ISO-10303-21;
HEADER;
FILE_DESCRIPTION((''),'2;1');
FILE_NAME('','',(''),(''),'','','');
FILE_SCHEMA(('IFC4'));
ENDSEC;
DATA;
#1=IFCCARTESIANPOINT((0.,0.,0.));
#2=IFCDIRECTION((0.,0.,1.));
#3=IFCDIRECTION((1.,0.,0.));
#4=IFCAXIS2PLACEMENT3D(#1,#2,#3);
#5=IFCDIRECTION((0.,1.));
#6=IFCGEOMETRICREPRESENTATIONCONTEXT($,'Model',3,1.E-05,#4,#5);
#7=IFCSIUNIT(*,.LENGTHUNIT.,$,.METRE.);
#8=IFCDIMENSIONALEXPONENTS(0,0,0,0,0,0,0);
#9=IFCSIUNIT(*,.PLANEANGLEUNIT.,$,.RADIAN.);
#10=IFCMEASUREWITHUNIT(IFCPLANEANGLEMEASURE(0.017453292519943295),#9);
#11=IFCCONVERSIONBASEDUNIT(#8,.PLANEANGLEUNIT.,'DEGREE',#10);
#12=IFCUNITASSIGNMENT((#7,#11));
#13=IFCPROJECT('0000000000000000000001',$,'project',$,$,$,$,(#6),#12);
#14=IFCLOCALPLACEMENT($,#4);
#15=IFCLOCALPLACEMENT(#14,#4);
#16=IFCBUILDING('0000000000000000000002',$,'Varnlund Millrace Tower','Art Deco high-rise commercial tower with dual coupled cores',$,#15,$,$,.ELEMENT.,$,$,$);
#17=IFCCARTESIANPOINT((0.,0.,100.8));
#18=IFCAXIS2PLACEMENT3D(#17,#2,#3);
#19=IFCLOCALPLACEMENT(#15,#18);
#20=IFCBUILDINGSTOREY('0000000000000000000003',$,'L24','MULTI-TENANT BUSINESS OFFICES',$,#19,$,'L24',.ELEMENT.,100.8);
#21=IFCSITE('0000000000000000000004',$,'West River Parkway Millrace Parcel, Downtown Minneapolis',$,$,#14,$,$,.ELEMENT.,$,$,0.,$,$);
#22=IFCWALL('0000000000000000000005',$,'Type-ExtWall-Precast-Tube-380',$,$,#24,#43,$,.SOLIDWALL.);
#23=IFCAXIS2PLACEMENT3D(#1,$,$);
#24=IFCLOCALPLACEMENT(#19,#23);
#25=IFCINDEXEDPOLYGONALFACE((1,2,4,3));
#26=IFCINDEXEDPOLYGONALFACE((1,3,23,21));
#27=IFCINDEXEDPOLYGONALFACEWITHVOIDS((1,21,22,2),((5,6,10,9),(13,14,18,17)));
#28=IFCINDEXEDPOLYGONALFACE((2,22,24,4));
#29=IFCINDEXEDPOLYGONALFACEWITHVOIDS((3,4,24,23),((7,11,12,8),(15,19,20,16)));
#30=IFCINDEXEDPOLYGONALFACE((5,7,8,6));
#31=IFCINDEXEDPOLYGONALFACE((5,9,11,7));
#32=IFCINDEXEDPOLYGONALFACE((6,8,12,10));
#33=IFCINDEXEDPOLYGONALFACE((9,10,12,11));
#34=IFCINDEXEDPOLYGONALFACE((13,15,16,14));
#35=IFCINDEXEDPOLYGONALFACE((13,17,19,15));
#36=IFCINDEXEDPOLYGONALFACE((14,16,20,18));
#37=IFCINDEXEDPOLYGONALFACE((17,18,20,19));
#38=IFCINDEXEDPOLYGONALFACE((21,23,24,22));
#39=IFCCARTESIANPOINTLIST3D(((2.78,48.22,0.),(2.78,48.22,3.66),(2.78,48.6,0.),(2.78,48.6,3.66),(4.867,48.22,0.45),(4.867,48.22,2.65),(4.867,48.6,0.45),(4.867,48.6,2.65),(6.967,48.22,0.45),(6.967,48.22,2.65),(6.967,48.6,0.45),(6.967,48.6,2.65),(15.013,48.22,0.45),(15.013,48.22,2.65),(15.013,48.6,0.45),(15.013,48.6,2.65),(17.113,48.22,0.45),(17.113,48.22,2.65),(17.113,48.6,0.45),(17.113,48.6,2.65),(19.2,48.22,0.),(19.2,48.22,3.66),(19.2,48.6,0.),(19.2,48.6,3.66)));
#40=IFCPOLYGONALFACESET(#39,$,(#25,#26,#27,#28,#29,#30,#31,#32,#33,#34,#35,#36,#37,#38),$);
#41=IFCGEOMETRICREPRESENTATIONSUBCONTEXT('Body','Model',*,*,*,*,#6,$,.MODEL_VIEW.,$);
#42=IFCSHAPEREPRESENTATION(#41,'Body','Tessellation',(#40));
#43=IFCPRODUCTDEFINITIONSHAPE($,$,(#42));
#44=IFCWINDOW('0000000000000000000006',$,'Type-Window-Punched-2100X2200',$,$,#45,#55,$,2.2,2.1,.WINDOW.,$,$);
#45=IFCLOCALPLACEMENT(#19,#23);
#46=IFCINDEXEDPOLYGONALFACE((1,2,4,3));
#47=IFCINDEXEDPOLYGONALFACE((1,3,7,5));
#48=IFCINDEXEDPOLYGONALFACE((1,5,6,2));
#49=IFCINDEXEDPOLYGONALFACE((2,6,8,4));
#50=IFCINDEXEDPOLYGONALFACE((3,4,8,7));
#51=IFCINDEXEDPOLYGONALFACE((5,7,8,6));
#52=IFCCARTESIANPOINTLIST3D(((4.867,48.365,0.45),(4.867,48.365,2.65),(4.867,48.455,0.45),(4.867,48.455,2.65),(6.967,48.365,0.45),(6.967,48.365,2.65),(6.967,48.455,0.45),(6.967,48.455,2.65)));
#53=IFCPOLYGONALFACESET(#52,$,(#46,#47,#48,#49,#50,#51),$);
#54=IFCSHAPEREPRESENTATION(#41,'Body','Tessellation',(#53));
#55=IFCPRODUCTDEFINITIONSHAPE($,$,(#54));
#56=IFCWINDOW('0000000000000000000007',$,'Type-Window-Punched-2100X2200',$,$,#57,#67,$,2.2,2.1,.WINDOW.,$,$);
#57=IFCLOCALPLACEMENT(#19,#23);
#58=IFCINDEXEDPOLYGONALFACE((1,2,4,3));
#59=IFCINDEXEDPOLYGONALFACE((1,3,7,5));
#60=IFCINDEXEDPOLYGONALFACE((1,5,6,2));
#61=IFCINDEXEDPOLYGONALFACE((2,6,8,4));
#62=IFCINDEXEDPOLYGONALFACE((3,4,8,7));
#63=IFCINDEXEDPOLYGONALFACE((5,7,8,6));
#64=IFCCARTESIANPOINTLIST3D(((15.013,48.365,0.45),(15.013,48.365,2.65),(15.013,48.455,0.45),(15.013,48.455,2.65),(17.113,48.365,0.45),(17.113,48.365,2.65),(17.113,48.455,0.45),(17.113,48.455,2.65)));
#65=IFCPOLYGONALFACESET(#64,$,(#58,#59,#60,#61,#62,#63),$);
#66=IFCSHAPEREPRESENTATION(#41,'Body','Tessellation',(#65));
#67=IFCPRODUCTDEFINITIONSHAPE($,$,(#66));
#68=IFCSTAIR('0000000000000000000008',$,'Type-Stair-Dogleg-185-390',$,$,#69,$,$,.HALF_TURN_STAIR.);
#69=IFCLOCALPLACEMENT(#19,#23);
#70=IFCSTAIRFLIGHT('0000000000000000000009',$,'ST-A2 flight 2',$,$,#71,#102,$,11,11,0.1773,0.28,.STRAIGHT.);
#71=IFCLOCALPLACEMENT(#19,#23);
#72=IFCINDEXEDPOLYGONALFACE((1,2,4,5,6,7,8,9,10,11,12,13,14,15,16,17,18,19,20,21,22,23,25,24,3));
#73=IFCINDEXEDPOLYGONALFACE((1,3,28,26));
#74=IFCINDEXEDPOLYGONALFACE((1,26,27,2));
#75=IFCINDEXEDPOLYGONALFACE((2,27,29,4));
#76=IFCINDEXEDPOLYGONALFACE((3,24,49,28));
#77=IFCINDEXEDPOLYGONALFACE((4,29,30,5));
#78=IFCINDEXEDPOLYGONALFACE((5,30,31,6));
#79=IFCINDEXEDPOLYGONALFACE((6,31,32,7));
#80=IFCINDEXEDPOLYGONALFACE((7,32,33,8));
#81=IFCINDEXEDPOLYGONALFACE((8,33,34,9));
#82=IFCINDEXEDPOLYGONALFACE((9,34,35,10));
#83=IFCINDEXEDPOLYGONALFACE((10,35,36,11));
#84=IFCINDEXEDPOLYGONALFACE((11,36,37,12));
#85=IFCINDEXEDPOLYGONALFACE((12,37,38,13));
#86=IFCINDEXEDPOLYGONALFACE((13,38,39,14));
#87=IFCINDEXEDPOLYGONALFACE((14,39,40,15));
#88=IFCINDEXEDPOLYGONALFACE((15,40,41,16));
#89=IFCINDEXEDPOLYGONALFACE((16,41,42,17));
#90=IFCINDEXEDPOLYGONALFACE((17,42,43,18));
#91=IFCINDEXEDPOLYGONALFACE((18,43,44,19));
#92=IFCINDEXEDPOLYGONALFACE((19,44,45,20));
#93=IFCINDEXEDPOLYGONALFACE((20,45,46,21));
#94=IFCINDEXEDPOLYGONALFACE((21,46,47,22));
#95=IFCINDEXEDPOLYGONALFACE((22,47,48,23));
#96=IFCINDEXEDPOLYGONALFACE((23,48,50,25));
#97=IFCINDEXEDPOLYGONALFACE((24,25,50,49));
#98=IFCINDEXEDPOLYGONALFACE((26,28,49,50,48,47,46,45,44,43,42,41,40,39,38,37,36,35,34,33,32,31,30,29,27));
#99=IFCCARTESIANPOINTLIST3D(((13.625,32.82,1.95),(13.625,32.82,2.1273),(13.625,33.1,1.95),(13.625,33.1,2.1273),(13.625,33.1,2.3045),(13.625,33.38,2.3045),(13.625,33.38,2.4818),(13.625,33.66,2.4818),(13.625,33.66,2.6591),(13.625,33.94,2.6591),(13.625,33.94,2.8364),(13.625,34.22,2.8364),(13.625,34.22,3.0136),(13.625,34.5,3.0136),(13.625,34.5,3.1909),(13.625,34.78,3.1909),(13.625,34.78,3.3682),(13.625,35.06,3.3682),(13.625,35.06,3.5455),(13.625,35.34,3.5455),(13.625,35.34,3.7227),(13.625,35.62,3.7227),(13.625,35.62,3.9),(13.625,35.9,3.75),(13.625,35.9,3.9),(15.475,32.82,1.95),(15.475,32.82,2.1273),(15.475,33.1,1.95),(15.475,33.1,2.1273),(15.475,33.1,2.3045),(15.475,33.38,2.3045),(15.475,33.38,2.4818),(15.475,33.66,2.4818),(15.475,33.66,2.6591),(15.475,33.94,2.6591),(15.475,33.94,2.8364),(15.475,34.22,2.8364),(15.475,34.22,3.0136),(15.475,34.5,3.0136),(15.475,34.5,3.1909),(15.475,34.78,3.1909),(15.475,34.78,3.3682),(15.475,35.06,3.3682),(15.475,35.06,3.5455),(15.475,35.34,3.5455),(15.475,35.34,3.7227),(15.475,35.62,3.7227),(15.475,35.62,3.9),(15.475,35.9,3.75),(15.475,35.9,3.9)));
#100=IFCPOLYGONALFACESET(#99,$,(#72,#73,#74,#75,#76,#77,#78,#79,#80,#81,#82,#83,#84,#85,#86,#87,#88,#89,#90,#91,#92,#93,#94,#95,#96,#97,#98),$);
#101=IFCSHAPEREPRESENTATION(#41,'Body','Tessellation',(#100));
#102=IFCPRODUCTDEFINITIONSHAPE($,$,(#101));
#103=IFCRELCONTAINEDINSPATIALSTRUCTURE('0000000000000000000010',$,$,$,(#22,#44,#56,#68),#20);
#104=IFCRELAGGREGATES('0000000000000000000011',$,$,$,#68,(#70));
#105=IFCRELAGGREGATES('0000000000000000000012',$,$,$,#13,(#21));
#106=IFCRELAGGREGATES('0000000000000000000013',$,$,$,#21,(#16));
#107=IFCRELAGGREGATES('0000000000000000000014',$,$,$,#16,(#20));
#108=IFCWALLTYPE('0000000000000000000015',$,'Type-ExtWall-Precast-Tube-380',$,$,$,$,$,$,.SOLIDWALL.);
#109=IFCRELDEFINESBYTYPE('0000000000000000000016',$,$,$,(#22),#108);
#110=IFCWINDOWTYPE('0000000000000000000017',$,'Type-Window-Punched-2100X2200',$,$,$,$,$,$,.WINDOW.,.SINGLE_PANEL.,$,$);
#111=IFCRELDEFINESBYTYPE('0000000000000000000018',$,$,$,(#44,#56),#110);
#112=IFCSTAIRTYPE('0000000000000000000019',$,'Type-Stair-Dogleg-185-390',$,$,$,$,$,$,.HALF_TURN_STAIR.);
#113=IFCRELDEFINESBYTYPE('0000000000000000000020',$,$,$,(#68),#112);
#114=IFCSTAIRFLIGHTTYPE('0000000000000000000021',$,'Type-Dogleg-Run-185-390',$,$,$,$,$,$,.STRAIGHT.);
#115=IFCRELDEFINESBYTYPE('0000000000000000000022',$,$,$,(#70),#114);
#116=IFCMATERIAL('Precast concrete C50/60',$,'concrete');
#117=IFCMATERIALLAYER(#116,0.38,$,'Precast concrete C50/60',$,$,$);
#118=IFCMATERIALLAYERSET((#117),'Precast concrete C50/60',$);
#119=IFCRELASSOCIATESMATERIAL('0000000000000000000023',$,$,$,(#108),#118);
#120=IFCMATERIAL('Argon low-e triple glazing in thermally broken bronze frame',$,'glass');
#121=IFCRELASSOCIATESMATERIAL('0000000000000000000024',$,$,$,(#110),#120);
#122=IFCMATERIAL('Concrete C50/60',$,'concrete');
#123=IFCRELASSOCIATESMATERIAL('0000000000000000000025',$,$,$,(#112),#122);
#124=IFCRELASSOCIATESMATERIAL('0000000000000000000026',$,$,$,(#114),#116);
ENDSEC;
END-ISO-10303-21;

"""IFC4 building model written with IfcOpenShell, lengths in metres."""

from ifc_helpers import new_model, entity, si_unit, converted_unit, direction, frame, origin_with_axes, origin_2d_with_axis, place, context, subcontext, project, spatial, polyline, rectangle, outline, extrude, material, layer, layer_set, type_object, element, fill, aggregate, save


model = new_model("IFC4")

# Units and contexts
model_context = context("Model", 3, precision=1e-05, world=origin_with_axes(), true_north=direction((0.0, 1.0)))
body_context = subcontext(model_context, "Body", "Model", "MODEL_VIEW")
ifc_project = project(units=[si_unit("LENGTHUNIT", "METRE"), converted_unit("PLANEANGLEUNIT", "DEGREE", entity("IfcPlaneAngleMeasure", 0.017453292519943295), si_unit("PLANEANGLEUNIT", "RADIAN"), dimensions=[0, 0, 0, 0, 0, 0, 0])], contexts=[model_context])

# Site, building, storey
site_placement = place(None, origin_with_axes())
site = spatial("IfcSite", under=ifc_project, at=site_placement, Name="West River Parkway Millrace Parcel, Downtown Minneapolis", CompositionType="ELEMENT", RefElevation=0.0)
building_placement = place(site_placement, origin_with_axes())
building = spatial("IfcBuilding", under=site, at=building_placement, Name="Varnlund Millrace Tower", Description="Art Deco high-rise commercial tower with dual coupled cores", CompositionType="ELEMENT")
storey_placement = place(building_placement, frame((0.0, 0.0, 100.8), z_axis=(0.0, 0.0, 1.0), x_axis=(1.0, 0.0, 0.0)))
storey = spatial("IfcBuildingStorey", under=building, at=storey_placement, Name="L24", Description="MULTI-TENANT BUSINESS OFFICES", LongName="L24", CompositionType="ELEMENT", Elevation=100.8)

# Shared definitions
ifc_material_1 = material(Name="Precast concrete C50/60", Category="concrete")
ifc_layer = layer(ifc_material_1, 0.38, Name="Precast concrete C50/60")
ifc_layer_set = layer_set([ifc_layer], Name="Precast concrete C50/60")
wall_type = type_object("IfcWallType", Name="Type-ExtWall-Precast-Tube-380", PredefinedType="SOLIDWALL", material=ifc_layer_set)

# Wall, openings, windows
wall_1_placement = place(storey_placement, frame((2.78, 48.41, 0.0), z_axis=(0.0, 0.0, 1.0), x_axis=(1.0, 0.0, 0.0)))
wall_1 = element("IfcWall", 1, at=wall_1_placement, inside=storey, type_object=wall_type, Name="Type-ExtWall-Precast-Tube-380", PredefinedType="SOLIDWALL", context=body_context, shape_type="SweptSolid", body=[
    extrude(outline(polyline([(0.0, -0.19), (16.42, -0.19), (16.42, 0.19), (0.0, 0.19), (0.0, -0.19)])), origin_with_axes(), (0.0, 0.0, 1.0), 3.66),
])
opening_1_placement = place(wall_1_placement, frame((3.137, 0.0, 0.45), z_axis=(0.0, 0.0, 1.0), x_axis=(1.0, 0.0, 0.0)))
opening_1 = element("IfcOpeningElement", 2, at=opening_1_placement, cuts=wall_1, PredefinedType="OPENING", context=body_context, shape_type="SweptSolid", body=[
    extrude(rectangle(XDim=2.1, YDim=0.4, at=origin_2d_with_axis()), origin_with_axes(), (0.0, 0.0, 1.0), 2.2),
])
opening_2_placement = place(wall_1_placement, frame((13.283, 0.0, 0.45), z_axis=(0.0, 0.0, 1.0), x_axis=(1.0, 0.0, 0.0)))
opening_2 = element("IfcOpeningElement", 3, at=opening_2_placement, cuts=wall_1, PredefinedType="OPENING", context=body_context, shape_type="SweptSolid", body=[
    extrude(rectangle(XDim=2.1, YDim=0.4, at=origin_2d_with_axis()), origin_with_axes(), (0.0, 0.0, 1.0), 2.2),
])
ifc_material_2 = material(Name="Argon low-e triple glazing in thermally broken bronze frame", Category="glass")
window_type = type_object("IfcWindowType", Name="Type-Window-Punched-2100X2200", PartitioningType="SINGLE_PANEL", PredefinedType="WINDOW", material=ifc_material_2)
window_1_placement = place(wall_1_placement, frame((3.137, 0.0, 0.45), z_axis=(0.0, 0.0, 1.0), x_axis=(1.0, 0.0, 0.0)))
window_1 = element("IfcWindow", 4, at=window_1_placement, inside=storey, type_object=window_type, Name="Type-Window-Punched-2100X2200", OverallHeight=2.2, OverallWidth=2.1, PredefinedType="WINDOW", context=body_context, shape_type="SweptSolid", body=[
    extrude(rectangle(XDim=2.1, YDim=0.09, at=origin_2d_with_axis()), origin_with_axes(), (0.0, 0.0, 1.0), 2.2),
])
fill(opening_1, window_1)
window_2_placement = place(wall_1_placement, frame((13.283, 0.0, 0.45), z_axis=(0.0, 0.0, 1.0), x_axis=(1.0, 0.0, 0.0)))
window_2 = element("IfcWindow", 5, at=window_2_placement, inside=storey, type_object=window_type, Name="Type-Window-Punched-2100X2200", OverallHeight=2.2, OverallWidth=2.1, PredefinedType="WINDOW", context=body_context, shape_type="SweptSolid", body=[
    extrude(rectangle(XDim=2.1, YDim=0.09, at=origin_2d_with_axis()), origin_with_axes(), (0.0, 0.0, 1.0), 2.2),
])
fill(opening_2, window_2)

# Stair, stair flight
ifc_material_3 = material(Name="Concrete C50/60", Category="concrete")
stair_type = type_object("IfcStairType", Name="Type-Stair-Dogleg-185-390", PredefinedType="HALF_TURN_STAIR", material=ifc_material_3)
stair_placement = place(storey_placement, origin_with_axes())
stair = element("IfcStair", 6, at=stair_placement, inside=storey, type_object=stair_type, Name="Type-Stair-Dogleg-185-390", PredefinedType="HALF_TURN_STAIR")
stair_flight_type = type_object("IfcStairFlightType", Name="Type-Dogleg-Run-185-390", PredefinedType="STRAIGHT", material=ifc_material_1)
stair_flight_placement = place(storey_placement, frame((13.625, 32.82, 1.95), z_axis=(1.0, 0.0, 0.0), x_axis=(0.0, 1.0, 0.0)))
stair_flight = element("IfcStairFlight", 7, at=stair_flight_placement, type_object=stair_flight_type, Name="ST-A2 flight 2", NumberOfRisers=11, NumberOfTreads=11, PredefinedType="STRAIGHT", RiserHeight=0.1773, TreadLength=0.28, context=body_context, shape_type="SweptSolid", body=[
    extrude(outline(polyline([(0.0, 0.0), (0.0, 0.1773), (0.28, 0.1773), (0.28, 0.3545), (0.56, 0.3545), (0.56, 0.5318), (0.84, 0.5318), (0.84, 0.7091), (1.12, 0.7091), (1.12, 0.8864), (1.4, 0.8864), (1.4, 1.0636), (1.68, 1.0636), (1.68, 1.2409), (1.96, 1.2409), (1.96, 1.4182), (2.24, 1.4182), (2.24, 1.5955), (2.52, 1.5955), (2.52, 1.7727), (2.8, 1.7727), (2.8, 1.95), (3.08, 1.95), (3.08, 1.8), (0.28, 0.0), (0.0, 0.0)])), origin_with_axes(), (0.0, 0.0, 1.0), 1.85),
])
aggregate(stair, [stair_flight])

save(model, "model.ifc")
